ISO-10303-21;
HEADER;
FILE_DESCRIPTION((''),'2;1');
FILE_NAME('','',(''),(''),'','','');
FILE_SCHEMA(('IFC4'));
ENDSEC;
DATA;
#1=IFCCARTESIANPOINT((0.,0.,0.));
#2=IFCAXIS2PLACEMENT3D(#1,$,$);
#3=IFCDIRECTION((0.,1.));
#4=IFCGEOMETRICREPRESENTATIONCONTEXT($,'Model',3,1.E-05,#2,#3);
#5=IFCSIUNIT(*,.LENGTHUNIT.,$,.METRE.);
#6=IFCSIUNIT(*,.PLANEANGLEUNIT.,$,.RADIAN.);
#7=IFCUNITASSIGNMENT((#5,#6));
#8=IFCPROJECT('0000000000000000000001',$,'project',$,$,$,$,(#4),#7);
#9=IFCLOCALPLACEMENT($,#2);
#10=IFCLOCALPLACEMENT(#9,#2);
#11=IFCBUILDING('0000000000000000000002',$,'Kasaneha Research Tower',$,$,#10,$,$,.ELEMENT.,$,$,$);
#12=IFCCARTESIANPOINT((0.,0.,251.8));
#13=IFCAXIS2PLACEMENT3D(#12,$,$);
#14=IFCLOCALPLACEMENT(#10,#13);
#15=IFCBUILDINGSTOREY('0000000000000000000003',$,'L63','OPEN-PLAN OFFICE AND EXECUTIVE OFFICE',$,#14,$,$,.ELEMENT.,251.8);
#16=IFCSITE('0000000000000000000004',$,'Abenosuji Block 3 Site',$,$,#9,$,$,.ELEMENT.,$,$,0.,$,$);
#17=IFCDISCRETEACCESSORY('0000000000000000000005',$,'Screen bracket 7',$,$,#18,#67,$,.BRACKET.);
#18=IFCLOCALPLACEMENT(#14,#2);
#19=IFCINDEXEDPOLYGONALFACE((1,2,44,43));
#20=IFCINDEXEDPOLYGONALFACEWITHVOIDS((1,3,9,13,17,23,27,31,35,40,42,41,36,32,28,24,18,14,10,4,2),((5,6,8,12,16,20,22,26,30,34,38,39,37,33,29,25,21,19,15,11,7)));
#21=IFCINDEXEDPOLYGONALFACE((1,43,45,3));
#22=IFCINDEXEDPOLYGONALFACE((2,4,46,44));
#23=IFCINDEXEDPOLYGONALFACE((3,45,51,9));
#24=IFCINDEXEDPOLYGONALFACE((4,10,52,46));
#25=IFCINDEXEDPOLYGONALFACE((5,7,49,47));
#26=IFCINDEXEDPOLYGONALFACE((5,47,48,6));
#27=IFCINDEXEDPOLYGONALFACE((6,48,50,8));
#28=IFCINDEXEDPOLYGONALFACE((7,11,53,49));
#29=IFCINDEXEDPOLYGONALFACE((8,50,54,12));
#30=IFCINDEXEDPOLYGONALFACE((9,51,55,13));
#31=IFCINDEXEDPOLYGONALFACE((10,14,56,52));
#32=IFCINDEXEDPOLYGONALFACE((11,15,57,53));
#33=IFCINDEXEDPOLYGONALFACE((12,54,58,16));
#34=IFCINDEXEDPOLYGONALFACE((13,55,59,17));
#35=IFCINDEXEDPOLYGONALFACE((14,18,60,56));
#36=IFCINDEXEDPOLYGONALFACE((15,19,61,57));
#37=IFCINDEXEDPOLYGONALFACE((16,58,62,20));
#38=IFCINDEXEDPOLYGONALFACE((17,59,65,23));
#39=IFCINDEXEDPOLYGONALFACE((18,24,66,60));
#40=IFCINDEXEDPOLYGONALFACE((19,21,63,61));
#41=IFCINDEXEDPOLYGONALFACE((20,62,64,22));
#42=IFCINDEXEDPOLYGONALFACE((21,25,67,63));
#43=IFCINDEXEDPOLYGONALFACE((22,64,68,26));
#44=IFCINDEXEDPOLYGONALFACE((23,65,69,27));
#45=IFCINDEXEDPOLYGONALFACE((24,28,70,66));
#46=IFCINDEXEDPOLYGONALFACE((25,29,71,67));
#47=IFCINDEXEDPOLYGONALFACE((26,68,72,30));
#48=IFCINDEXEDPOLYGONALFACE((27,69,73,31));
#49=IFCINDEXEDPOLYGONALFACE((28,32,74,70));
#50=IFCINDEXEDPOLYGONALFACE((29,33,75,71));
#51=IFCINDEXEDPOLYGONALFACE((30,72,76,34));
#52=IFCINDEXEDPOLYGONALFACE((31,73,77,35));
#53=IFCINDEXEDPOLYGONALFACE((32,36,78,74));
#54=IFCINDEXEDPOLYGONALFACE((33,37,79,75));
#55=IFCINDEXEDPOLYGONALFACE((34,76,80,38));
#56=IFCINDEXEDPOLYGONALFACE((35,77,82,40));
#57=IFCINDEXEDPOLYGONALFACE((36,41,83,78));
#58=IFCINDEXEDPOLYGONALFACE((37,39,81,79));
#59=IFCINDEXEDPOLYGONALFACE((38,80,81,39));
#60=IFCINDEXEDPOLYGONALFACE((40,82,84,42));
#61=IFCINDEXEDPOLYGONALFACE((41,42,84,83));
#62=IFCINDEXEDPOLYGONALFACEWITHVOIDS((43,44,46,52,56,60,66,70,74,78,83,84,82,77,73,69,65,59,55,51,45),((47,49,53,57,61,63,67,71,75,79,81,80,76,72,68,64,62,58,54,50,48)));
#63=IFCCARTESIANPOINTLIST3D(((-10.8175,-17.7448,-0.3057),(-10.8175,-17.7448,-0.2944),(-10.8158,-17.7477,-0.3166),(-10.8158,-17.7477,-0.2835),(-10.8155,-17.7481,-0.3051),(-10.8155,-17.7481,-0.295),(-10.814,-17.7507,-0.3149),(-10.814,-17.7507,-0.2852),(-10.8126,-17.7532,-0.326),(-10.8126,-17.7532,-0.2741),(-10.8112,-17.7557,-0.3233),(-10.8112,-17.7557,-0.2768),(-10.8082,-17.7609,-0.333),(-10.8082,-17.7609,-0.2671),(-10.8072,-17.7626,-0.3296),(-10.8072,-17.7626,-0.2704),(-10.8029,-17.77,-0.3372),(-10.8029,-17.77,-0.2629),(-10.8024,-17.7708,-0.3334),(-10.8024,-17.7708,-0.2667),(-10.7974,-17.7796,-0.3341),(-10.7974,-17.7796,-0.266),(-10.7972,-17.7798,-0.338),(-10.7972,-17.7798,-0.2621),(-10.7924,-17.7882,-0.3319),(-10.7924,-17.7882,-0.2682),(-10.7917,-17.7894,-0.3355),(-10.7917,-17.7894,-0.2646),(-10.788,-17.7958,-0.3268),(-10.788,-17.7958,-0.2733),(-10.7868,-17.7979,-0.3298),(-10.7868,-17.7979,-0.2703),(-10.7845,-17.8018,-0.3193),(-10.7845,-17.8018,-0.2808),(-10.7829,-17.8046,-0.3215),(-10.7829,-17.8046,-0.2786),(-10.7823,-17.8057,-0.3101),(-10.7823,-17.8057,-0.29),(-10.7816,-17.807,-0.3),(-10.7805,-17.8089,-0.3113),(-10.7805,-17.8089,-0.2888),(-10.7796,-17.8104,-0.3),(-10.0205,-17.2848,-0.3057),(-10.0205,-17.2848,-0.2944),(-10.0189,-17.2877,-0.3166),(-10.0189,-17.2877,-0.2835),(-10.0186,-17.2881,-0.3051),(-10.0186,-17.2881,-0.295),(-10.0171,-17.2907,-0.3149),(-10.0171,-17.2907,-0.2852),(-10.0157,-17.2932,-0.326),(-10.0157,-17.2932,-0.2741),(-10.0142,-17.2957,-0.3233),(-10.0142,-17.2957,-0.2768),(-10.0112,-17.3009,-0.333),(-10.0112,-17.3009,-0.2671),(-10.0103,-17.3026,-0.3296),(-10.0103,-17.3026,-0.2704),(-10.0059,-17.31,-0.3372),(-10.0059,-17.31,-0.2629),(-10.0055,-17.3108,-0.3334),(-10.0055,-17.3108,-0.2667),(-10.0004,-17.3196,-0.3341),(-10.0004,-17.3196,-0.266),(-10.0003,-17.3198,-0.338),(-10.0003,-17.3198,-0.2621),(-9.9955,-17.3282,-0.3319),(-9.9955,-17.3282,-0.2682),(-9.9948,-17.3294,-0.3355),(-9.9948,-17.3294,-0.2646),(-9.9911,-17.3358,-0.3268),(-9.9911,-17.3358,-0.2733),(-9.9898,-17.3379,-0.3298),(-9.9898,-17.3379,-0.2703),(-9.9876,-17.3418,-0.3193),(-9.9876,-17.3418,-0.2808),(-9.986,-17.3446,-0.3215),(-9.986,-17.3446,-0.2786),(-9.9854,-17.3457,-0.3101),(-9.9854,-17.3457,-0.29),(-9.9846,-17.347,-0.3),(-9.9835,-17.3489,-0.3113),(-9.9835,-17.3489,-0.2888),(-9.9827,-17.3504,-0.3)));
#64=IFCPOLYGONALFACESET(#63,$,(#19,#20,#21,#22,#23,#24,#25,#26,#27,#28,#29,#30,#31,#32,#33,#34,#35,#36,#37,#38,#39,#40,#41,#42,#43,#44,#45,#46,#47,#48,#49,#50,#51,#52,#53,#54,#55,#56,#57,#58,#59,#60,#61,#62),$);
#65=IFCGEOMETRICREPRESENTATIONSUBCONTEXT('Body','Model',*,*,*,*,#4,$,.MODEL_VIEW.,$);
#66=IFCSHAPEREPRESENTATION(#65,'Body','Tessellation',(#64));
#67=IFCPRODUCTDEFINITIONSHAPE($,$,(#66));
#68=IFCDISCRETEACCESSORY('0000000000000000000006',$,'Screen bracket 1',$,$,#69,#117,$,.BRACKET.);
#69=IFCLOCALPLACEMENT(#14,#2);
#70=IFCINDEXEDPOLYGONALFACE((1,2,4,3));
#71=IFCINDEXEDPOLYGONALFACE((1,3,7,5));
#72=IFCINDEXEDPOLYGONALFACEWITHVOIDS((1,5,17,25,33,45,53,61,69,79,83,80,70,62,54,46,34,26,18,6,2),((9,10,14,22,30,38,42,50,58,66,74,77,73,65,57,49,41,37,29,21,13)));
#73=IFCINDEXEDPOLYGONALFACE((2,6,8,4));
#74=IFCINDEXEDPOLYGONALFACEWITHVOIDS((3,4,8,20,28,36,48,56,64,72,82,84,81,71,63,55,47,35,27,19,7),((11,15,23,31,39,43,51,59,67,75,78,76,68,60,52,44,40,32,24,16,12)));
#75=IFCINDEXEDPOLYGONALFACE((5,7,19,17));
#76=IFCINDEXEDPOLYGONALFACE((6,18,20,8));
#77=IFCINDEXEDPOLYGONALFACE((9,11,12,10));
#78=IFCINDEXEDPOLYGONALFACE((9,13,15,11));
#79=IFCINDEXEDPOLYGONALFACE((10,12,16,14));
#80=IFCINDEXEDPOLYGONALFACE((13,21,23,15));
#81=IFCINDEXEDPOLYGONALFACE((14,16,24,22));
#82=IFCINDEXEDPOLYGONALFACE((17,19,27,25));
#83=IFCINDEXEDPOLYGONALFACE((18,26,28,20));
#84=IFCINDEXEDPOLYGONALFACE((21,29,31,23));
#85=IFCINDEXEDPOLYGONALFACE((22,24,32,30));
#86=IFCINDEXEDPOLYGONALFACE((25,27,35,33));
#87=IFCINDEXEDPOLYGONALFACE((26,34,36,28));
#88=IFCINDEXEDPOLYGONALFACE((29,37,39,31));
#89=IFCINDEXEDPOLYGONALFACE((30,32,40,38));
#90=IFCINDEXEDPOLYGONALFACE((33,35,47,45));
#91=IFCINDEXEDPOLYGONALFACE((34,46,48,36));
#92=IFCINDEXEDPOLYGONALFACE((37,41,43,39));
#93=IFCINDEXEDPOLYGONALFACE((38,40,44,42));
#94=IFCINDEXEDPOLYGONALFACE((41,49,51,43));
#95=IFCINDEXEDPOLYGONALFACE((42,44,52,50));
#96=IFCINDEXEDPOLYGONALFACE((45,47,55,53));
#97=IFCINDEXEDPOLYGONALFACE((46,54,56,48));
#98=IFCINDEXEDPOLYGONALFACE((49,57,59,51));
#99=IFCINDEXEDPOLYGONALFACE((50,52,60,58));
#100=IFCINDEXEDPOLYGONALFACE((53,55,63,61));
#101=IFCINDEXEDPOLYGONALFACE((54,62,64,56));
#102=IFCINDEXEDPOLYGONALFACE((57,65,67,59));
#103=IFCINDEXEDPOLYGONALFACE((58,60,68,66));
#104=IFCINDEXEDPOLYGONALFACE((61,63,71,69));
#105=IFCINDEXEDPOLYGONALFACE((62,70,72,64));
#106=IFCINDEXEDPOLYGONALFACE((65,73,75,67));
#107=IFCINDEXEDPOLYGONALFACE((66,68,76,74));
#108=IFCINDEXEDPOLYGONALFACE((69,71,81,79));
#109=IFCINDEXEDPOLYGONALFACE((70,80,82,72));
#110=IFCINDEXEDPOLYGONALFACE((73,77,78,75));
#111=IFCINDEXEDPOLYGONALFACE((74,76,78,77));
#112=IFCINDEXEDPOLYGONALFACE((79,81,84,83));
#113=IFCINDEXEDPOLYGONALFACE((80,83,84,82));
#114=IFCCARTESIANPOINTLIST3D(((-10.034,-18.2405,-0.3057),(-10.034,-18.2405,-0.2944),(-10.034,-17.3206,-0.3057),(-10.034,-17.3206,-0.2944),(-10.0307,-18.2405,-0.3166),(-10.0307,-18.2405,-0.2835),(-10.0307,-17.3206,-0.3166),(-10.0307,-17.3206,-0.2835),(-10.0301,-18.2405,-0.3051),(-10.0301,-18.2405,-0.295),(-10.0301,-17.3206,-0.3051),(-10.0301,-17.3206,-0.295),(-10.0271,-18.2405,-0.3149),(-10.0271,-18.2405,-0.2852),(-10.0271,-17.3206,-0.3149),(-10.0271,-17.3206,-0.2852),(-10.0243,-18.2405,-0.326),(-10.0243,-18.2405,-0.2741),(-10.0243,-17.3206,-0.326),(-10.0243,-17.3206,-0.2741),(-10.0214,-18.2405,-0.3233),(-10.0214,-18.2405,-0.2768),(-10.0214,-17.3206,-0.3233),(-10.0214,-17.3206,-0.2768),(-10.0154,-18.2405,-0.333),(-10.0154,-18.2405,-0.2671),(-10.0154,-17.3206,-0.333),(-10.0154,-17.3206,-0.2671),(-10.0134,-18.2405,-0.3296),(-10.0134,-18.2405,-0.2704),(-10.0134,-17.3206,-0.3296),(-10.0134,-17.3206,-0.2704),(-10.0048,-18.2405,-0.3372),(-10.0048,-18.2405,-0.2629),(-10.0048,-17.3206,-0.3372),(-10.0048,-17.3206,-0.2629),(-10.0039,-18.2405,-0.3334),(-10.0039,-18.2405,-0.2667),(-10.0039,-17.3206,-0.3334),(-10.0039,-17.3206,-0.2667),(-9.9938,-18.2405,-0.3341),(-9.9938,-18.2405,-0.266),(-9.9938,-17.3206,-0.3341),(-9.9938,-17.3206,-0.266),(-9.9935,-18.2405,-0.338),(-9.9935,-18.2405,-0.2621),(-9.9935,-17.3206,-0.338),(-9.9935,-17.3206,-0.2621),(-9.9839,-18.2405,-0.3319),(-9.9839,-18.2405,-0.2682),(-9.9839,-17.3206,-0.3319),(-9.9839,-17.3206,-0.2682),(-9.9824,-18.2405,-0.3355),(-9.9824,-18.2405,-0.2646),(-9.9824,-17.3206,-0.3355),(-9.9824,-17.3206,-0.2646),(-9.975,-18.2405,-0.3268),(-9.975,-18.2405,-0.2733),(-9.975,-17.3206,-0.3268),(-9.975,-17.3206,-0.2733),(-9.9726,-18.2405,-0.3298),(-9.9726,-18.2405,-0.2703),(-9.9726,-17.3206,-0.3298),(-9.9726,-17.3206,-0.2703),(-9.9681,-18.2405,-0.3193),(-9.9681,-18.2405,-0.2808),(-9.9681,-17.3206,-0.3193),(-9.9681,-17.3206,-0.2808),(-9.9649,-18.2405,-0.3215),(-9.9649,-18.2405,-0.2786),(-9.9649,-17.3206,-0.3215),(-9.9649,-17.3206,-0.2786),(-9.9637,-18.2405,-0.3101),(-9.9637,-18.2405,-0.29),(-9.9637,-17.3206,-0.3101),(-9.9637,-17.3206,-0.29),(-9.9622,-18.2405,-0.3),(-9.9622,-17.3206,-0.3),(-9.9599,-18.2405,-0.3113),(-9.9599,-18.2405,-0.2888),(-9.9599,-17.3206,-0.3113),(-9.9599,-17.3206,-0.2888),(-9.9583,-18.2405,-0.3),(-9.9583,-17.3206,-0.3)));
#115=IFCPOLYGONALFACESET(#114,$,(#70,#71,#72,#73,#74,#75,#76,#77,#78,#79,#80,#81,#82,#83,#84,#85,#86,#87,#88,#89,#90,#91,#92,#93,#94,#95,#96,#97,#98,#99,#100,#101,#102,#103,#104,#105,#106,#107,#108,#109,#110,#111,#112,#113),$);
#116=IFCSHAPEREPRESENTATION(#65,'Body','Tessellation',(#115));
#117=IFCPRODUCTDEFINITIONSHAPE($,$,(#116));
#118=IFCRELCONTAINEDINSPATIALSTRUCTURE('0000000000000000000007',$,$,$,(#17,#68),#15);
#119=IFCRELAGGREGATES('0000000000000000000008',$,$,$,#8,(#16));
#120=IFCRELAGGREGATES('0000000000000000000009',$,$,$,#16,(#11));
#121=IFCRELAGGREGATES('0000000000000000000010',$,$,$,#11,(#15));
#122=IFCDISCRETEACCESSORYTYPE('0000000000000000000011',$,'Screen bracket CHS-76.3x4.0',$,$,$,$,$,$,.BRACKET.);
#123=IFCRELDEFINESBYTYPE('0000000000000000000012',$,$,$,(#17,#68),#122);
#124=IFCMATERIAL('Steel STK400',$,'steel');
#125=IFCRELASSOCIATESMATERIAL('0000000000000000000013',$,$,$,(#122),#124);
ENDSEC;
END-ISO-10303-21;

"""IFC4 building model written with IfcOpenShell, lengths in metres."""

from ifc_helpers import new_model, si_unit, direction, frame, origin, origin_2d, place, context, subcontext, project, spatial, hollow_circle, extrude, material, material_profile, profile_set, type_object, element, save


model = new_model("IFC4")

# Units and contexts
model_context = context("Model", 3, precision=1e-05, world=origin(), true_north=direction((0.0, 1.0)))
body_context = subcontext(model_context, "Body", "Model", "MODEL_VIEW")
ifc_project = project(units=[si_unit("LENGTHUNIT", "METRE"), si_unit("PLANEANGLEUNIT", "RADIAN")], contexts=[model_context])

# Site, building, storey
site_placement = place(None, origin())
site = spatial("IfcSite", under=ifc_project, at=site_placement, Name="Abenosuji Block 3 Site", CompositionType="ELEMENT", RefElevation=0.0)
building_placement = place(site_placement, origin())
building = spatial("IfcBuilding", under=site, at=building_placement, Name="Kasaneha Research Tower", CompositionType="ELEMENT")
storey_placement = place(building_placement, frame((0.0, 0.0, 251.8)))
storey = spatial("IfcBuildingStorey", under=building, at=storey_placement, Name="L63", Description="OPEN-PLAN OFFICE AND EXECUTIVE OFFICE", CompositionType="ELEMENT", Elevation=251.8)

# Discrete accessories
ifc_material_1 = material(Name="Steel STK400", Category="steel")
ifc_material_profile_1 = material_profile(ifc_material_1, hollow_circle(Radius=0.0381, WallThickness=0.0039, at=origin_2d()), Name="CHS-76.3x4.0")
ifc_profile_set_1 = profile_set([ifc_material_profile_1], Name="Steel STK400")
discrete_accessory_type = type_object("IfcDiscreteAccessoryType", Name="Screen bracket CHS-76.3x4.0", PredefinedType="BRACKET", material=ifc_profile_set_1)
discrete_accessory_1_placement = place(storey_placement, frame((-10.0017, -17.3174, -0.3), z_axis=(-0.86608, -0.499906, 0.0), x_axis=(0.499906, -0.86608, 0.0)))
element("IfcDiscreteAccessory", 1, at=discrete_accessory_1_placement, inside=storey, type_object=discrete_accessory_type, Name="Screen bracket 7", PredefinedType="BRACKET", context=body_context, shape_type="SweptSolid", body=[
    extrude(hollow_circle(Radius=0.0381, WallThickness=0.0039, at=origin_2d()), origin(), (0.0, 0.0, 1.0), 0.9202),
])
discrete_accessory_2_placement = place(storey_placement, frame((-9.9963, -17.3206, -0.3), z_axis=(0.0, -1.0, 0.0), x_axis=(1.0, 0.0, 0.0)))
element("IfcDiscreteAccessory", 2, at=discrete_accessory_2_placement, inside=storey, type_object=discrete_accessory_type, Name="Screen bracket 1", PredefinedType="BRACKET", context=body_context, shape_type="SweptSolid", body=[
    extrude(hollow_circle(Radius=0.0381, WallThickness=0.0039, at=origin_2d()), origin(), (0.0, 0.0, 1.0), 0.9199),
])

save(model, "model.ifc")
